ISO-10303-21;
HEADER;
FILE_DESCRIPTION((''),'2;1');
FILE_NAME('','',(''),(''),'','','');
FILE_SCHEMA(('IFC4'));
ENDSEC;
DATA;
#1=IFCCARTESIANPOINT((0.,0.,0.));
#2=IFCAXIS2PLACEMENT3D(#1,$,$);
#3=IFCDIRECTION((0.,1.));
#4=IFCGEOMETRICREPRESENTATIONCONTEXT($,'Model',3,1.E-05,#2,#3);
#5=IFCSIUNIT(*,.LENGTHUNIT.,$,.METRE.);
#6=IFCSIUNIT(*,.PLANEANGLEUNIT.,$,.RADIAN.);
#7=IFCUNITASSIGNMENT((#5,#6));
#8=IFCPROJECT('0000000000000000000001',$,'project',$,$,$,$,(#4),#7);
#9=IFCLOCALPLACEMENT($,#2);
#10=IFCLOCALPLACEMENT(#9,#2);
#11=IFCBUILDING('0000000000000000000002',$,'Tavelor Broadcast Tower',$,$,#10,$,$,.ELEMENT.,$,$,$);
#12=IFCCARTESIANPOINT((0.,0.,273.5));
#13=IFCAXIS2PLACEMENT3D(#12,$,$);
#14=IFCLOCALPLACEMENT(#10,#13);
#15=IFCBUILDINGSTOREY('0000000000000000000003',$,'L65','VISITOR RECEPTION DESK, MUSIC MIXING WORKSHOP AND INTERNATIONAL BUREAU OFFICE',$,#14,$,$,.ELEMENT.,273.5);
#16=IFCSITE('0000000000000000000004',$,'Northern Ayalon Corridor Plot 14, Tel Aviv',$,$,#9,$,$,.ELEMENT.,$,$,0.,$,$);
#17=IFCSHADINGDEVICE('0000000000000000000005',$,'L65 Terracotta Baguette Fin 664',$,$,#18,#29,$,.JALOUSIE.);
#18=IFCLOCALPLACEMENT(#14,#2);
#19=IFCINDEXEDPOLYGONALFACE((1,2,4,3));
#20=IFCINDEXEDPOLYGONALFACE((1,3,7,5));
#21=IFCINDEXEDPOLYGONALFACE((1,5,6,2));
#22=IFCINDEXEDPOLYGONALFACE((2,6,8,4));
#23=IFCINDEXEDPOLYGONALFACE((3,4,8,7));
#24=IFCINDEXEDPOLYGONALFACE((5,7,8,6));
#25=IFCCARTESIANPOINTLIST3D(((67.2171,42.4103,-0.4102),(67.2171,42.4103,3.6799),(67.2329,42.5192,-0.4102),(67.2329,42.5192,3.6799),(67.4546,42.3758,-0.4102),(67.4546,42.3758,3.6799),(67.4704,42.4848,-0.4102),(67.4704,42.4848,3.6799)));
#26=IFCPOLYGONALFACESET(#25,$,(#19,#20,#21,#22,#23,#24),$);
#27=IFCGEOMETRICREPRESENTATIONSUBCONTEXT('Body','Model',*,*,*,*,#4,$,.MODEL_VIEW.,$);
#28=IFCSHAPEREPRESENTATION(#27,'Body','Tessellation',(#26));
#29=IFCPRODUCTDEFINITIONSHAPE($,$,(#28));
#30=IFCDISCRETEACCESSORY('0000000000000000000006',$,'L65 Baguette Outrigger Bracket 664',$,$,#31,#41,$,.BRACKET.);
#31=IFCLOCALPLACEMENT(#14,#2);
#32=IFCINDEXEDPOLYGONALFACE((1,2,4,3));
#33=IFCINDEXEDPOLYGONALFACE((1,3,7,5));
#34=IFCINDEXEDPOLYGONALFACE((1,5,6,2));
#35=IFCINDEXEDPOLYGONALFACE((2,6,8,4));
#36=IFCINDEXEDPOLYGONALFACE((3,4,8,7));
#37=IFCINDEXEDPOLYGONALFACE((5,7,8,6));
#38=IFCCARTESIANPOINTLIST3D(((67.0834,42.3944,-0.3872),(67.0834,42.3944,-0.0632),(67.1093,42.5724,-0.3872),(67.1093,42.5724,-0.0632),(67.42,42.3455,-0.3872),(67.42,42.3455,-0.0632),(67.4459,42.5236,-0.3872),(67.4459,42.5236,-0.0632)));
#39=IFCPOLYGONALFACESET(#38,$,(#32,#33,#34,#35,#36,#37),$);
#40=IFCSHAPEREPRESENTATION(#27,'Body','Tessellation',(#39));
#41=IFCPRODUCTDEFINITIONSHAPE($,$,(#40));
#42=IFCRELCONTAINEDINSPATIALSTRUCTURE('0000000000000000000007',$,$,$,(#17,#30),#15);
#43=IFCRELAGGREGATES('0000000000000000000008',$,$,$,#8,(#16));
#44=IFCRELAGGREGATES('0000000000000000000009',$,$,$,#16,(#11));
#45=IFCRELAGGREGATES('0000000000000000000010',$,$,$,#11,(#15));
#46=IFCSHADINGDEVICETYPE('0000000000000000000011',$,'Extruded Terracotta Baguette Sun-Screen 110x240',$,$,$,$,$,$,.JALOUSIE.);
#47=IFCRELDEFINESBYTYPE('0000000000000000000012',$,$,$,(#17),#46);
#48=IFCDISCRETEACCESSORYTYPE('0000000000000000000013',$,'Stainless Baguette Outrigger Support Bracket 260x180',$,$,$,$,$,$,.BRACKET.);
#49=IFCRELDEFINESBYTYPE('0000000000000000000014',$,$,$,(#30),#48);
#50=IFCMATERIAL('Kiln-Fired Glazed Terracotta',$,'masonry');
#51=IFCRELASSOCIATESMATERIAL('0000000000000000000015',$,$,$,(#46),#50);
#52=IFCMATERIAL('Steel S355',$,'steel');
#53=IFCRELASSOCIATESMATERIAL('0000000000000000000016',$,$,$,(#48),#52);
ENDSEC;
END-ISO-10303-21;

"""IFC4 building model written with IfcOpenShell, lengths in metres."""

from ifc_helpers import new_model, si_unit, direction, frame, origin, origin_2d, place, context, subcontext, project, spatial, rectangle, extrude, source, transform, mapped, material, type_object, type_shapes, element, save


model = new_model("IFC4")

# Units and contexts
model_context = context("Model", 3, precision=1e-05, world=origin(), true_north=direction((0.0, 1.0)))
body_context = subcontext(model_context, "Body", "Model", "MODEL_VIEW")
ifc_project = project(units=[si_unit("LENGTHUNIT", "METRE"), si_unit("PLANEANGLEUNIT", "RADIAN")], contexts=[model_context])

# Site, building, storey
site_placement = place(None, origin())
site = spatial("IfcSite", under=ifc_project, at=site_placement, Name="Northern Ayalon Corridor Plot 14, Tel Aviv", CompositionType="ELEMENT", RefElevation=0.0)
building_placement = place(site_placement, origin())
building = spatial("IfcBuilding", under=site, at=building_placement, Name="Tavelor Broadcast Tower", CompositionType="ELEMENT")
storey_placement = place(building_placement, frame((0.0, 0.0, 273.5)))
storey = spatial("IfcBuildingStorey", under=building, at=storey_placement, Name="L65", Description="VISITOR RECEPTION DESK, MUSIC MIXING WORKSHOP AND INTERNATIONAL BUREAU OFFICE", CompositionType="ELEMENT", Elevation=273.5)

# Shared definitions
ifc_material_1 = material(Name="Steel S355", Category="steel")

# Shading device
ifc_material_2 = material(Name="Kiln-Fired Glazed Terracotta", Category="masonry")
shading_device_type = type_object("IfcShadingDeviceType", Name="Extruded Terracotta Baguette Sun-Screen 110x240", PredefinedType="JALOUSIE", material=ifc_material_2)
shared_shape_1 = source(origin(), body_context, "Body", "SweptSolid", [
    extrude(rectangle(XDim=0.1101, YDim=0.24, at=origin_2d()), origin(), (0.0, 0.0, 1.0), 4.0901),
])
type_shapes(shading_device_type, [shared_shape_1])
shading_device_placement = place(storey_placement, frame((67.3438, 42.4475, -0.4102), z_axis=(0.0, 0.0, 1.0), x_axis=(0.143665, 0.989626, 0.0)))
element("IfcShadingDevice", 1, at=shading_device_placement, inside=storey, type_object=shading_device_type, Name="L65 Terracotta Baguette Fin 664", PredefinedType="JALOUSIE", context=body_context, shape_type="MappedRepresentation", body=[
    mapped(shared_shape_1, transform((0.0, 0.0, 0.0), scale=1.0)),
])

# Discrete accessory
discrete_accessory_type = type_object("IfcDiscreteAccessoryType", Name="Stainless Baguette Outrigger Support Bracket 260x180", PredefinedType="BRACKET", material=ifc_material_1)
shared_shape_2 = source(origin(), body_context, "Body", "SweptSolid", [
    extrude(rectangle(XDim=0.1799, YDim=0.3401, at=origin_2d()), origin(), (0.0, 0.0, 1.0), 0.324),
])
type_shapes(discrete_accessory_type, [shared_shape_2])
discrete_accessory_placement = place(storey_placement, frame((67.2646, 42.459, -0.3872), z_axis=(0.0, 0.0, 1.0), x_axis=(0.143665, 0.989626, 0.0)))
element("IfcDiscreteAccessory", 2, at=discrete_accessory_placement, inside=storey, type_object=discrete_accessory_type, Name="L65 Baguette Outrigger Bracket 664", PredefinedType="BRACKET", context=body_context, shape_type="MappedRepresentation", body=[
    mapped(shared_shape_2, transform((0.0, 0.0, 0.0), scale=1.0)),
])

save(model, "model.ifc")
